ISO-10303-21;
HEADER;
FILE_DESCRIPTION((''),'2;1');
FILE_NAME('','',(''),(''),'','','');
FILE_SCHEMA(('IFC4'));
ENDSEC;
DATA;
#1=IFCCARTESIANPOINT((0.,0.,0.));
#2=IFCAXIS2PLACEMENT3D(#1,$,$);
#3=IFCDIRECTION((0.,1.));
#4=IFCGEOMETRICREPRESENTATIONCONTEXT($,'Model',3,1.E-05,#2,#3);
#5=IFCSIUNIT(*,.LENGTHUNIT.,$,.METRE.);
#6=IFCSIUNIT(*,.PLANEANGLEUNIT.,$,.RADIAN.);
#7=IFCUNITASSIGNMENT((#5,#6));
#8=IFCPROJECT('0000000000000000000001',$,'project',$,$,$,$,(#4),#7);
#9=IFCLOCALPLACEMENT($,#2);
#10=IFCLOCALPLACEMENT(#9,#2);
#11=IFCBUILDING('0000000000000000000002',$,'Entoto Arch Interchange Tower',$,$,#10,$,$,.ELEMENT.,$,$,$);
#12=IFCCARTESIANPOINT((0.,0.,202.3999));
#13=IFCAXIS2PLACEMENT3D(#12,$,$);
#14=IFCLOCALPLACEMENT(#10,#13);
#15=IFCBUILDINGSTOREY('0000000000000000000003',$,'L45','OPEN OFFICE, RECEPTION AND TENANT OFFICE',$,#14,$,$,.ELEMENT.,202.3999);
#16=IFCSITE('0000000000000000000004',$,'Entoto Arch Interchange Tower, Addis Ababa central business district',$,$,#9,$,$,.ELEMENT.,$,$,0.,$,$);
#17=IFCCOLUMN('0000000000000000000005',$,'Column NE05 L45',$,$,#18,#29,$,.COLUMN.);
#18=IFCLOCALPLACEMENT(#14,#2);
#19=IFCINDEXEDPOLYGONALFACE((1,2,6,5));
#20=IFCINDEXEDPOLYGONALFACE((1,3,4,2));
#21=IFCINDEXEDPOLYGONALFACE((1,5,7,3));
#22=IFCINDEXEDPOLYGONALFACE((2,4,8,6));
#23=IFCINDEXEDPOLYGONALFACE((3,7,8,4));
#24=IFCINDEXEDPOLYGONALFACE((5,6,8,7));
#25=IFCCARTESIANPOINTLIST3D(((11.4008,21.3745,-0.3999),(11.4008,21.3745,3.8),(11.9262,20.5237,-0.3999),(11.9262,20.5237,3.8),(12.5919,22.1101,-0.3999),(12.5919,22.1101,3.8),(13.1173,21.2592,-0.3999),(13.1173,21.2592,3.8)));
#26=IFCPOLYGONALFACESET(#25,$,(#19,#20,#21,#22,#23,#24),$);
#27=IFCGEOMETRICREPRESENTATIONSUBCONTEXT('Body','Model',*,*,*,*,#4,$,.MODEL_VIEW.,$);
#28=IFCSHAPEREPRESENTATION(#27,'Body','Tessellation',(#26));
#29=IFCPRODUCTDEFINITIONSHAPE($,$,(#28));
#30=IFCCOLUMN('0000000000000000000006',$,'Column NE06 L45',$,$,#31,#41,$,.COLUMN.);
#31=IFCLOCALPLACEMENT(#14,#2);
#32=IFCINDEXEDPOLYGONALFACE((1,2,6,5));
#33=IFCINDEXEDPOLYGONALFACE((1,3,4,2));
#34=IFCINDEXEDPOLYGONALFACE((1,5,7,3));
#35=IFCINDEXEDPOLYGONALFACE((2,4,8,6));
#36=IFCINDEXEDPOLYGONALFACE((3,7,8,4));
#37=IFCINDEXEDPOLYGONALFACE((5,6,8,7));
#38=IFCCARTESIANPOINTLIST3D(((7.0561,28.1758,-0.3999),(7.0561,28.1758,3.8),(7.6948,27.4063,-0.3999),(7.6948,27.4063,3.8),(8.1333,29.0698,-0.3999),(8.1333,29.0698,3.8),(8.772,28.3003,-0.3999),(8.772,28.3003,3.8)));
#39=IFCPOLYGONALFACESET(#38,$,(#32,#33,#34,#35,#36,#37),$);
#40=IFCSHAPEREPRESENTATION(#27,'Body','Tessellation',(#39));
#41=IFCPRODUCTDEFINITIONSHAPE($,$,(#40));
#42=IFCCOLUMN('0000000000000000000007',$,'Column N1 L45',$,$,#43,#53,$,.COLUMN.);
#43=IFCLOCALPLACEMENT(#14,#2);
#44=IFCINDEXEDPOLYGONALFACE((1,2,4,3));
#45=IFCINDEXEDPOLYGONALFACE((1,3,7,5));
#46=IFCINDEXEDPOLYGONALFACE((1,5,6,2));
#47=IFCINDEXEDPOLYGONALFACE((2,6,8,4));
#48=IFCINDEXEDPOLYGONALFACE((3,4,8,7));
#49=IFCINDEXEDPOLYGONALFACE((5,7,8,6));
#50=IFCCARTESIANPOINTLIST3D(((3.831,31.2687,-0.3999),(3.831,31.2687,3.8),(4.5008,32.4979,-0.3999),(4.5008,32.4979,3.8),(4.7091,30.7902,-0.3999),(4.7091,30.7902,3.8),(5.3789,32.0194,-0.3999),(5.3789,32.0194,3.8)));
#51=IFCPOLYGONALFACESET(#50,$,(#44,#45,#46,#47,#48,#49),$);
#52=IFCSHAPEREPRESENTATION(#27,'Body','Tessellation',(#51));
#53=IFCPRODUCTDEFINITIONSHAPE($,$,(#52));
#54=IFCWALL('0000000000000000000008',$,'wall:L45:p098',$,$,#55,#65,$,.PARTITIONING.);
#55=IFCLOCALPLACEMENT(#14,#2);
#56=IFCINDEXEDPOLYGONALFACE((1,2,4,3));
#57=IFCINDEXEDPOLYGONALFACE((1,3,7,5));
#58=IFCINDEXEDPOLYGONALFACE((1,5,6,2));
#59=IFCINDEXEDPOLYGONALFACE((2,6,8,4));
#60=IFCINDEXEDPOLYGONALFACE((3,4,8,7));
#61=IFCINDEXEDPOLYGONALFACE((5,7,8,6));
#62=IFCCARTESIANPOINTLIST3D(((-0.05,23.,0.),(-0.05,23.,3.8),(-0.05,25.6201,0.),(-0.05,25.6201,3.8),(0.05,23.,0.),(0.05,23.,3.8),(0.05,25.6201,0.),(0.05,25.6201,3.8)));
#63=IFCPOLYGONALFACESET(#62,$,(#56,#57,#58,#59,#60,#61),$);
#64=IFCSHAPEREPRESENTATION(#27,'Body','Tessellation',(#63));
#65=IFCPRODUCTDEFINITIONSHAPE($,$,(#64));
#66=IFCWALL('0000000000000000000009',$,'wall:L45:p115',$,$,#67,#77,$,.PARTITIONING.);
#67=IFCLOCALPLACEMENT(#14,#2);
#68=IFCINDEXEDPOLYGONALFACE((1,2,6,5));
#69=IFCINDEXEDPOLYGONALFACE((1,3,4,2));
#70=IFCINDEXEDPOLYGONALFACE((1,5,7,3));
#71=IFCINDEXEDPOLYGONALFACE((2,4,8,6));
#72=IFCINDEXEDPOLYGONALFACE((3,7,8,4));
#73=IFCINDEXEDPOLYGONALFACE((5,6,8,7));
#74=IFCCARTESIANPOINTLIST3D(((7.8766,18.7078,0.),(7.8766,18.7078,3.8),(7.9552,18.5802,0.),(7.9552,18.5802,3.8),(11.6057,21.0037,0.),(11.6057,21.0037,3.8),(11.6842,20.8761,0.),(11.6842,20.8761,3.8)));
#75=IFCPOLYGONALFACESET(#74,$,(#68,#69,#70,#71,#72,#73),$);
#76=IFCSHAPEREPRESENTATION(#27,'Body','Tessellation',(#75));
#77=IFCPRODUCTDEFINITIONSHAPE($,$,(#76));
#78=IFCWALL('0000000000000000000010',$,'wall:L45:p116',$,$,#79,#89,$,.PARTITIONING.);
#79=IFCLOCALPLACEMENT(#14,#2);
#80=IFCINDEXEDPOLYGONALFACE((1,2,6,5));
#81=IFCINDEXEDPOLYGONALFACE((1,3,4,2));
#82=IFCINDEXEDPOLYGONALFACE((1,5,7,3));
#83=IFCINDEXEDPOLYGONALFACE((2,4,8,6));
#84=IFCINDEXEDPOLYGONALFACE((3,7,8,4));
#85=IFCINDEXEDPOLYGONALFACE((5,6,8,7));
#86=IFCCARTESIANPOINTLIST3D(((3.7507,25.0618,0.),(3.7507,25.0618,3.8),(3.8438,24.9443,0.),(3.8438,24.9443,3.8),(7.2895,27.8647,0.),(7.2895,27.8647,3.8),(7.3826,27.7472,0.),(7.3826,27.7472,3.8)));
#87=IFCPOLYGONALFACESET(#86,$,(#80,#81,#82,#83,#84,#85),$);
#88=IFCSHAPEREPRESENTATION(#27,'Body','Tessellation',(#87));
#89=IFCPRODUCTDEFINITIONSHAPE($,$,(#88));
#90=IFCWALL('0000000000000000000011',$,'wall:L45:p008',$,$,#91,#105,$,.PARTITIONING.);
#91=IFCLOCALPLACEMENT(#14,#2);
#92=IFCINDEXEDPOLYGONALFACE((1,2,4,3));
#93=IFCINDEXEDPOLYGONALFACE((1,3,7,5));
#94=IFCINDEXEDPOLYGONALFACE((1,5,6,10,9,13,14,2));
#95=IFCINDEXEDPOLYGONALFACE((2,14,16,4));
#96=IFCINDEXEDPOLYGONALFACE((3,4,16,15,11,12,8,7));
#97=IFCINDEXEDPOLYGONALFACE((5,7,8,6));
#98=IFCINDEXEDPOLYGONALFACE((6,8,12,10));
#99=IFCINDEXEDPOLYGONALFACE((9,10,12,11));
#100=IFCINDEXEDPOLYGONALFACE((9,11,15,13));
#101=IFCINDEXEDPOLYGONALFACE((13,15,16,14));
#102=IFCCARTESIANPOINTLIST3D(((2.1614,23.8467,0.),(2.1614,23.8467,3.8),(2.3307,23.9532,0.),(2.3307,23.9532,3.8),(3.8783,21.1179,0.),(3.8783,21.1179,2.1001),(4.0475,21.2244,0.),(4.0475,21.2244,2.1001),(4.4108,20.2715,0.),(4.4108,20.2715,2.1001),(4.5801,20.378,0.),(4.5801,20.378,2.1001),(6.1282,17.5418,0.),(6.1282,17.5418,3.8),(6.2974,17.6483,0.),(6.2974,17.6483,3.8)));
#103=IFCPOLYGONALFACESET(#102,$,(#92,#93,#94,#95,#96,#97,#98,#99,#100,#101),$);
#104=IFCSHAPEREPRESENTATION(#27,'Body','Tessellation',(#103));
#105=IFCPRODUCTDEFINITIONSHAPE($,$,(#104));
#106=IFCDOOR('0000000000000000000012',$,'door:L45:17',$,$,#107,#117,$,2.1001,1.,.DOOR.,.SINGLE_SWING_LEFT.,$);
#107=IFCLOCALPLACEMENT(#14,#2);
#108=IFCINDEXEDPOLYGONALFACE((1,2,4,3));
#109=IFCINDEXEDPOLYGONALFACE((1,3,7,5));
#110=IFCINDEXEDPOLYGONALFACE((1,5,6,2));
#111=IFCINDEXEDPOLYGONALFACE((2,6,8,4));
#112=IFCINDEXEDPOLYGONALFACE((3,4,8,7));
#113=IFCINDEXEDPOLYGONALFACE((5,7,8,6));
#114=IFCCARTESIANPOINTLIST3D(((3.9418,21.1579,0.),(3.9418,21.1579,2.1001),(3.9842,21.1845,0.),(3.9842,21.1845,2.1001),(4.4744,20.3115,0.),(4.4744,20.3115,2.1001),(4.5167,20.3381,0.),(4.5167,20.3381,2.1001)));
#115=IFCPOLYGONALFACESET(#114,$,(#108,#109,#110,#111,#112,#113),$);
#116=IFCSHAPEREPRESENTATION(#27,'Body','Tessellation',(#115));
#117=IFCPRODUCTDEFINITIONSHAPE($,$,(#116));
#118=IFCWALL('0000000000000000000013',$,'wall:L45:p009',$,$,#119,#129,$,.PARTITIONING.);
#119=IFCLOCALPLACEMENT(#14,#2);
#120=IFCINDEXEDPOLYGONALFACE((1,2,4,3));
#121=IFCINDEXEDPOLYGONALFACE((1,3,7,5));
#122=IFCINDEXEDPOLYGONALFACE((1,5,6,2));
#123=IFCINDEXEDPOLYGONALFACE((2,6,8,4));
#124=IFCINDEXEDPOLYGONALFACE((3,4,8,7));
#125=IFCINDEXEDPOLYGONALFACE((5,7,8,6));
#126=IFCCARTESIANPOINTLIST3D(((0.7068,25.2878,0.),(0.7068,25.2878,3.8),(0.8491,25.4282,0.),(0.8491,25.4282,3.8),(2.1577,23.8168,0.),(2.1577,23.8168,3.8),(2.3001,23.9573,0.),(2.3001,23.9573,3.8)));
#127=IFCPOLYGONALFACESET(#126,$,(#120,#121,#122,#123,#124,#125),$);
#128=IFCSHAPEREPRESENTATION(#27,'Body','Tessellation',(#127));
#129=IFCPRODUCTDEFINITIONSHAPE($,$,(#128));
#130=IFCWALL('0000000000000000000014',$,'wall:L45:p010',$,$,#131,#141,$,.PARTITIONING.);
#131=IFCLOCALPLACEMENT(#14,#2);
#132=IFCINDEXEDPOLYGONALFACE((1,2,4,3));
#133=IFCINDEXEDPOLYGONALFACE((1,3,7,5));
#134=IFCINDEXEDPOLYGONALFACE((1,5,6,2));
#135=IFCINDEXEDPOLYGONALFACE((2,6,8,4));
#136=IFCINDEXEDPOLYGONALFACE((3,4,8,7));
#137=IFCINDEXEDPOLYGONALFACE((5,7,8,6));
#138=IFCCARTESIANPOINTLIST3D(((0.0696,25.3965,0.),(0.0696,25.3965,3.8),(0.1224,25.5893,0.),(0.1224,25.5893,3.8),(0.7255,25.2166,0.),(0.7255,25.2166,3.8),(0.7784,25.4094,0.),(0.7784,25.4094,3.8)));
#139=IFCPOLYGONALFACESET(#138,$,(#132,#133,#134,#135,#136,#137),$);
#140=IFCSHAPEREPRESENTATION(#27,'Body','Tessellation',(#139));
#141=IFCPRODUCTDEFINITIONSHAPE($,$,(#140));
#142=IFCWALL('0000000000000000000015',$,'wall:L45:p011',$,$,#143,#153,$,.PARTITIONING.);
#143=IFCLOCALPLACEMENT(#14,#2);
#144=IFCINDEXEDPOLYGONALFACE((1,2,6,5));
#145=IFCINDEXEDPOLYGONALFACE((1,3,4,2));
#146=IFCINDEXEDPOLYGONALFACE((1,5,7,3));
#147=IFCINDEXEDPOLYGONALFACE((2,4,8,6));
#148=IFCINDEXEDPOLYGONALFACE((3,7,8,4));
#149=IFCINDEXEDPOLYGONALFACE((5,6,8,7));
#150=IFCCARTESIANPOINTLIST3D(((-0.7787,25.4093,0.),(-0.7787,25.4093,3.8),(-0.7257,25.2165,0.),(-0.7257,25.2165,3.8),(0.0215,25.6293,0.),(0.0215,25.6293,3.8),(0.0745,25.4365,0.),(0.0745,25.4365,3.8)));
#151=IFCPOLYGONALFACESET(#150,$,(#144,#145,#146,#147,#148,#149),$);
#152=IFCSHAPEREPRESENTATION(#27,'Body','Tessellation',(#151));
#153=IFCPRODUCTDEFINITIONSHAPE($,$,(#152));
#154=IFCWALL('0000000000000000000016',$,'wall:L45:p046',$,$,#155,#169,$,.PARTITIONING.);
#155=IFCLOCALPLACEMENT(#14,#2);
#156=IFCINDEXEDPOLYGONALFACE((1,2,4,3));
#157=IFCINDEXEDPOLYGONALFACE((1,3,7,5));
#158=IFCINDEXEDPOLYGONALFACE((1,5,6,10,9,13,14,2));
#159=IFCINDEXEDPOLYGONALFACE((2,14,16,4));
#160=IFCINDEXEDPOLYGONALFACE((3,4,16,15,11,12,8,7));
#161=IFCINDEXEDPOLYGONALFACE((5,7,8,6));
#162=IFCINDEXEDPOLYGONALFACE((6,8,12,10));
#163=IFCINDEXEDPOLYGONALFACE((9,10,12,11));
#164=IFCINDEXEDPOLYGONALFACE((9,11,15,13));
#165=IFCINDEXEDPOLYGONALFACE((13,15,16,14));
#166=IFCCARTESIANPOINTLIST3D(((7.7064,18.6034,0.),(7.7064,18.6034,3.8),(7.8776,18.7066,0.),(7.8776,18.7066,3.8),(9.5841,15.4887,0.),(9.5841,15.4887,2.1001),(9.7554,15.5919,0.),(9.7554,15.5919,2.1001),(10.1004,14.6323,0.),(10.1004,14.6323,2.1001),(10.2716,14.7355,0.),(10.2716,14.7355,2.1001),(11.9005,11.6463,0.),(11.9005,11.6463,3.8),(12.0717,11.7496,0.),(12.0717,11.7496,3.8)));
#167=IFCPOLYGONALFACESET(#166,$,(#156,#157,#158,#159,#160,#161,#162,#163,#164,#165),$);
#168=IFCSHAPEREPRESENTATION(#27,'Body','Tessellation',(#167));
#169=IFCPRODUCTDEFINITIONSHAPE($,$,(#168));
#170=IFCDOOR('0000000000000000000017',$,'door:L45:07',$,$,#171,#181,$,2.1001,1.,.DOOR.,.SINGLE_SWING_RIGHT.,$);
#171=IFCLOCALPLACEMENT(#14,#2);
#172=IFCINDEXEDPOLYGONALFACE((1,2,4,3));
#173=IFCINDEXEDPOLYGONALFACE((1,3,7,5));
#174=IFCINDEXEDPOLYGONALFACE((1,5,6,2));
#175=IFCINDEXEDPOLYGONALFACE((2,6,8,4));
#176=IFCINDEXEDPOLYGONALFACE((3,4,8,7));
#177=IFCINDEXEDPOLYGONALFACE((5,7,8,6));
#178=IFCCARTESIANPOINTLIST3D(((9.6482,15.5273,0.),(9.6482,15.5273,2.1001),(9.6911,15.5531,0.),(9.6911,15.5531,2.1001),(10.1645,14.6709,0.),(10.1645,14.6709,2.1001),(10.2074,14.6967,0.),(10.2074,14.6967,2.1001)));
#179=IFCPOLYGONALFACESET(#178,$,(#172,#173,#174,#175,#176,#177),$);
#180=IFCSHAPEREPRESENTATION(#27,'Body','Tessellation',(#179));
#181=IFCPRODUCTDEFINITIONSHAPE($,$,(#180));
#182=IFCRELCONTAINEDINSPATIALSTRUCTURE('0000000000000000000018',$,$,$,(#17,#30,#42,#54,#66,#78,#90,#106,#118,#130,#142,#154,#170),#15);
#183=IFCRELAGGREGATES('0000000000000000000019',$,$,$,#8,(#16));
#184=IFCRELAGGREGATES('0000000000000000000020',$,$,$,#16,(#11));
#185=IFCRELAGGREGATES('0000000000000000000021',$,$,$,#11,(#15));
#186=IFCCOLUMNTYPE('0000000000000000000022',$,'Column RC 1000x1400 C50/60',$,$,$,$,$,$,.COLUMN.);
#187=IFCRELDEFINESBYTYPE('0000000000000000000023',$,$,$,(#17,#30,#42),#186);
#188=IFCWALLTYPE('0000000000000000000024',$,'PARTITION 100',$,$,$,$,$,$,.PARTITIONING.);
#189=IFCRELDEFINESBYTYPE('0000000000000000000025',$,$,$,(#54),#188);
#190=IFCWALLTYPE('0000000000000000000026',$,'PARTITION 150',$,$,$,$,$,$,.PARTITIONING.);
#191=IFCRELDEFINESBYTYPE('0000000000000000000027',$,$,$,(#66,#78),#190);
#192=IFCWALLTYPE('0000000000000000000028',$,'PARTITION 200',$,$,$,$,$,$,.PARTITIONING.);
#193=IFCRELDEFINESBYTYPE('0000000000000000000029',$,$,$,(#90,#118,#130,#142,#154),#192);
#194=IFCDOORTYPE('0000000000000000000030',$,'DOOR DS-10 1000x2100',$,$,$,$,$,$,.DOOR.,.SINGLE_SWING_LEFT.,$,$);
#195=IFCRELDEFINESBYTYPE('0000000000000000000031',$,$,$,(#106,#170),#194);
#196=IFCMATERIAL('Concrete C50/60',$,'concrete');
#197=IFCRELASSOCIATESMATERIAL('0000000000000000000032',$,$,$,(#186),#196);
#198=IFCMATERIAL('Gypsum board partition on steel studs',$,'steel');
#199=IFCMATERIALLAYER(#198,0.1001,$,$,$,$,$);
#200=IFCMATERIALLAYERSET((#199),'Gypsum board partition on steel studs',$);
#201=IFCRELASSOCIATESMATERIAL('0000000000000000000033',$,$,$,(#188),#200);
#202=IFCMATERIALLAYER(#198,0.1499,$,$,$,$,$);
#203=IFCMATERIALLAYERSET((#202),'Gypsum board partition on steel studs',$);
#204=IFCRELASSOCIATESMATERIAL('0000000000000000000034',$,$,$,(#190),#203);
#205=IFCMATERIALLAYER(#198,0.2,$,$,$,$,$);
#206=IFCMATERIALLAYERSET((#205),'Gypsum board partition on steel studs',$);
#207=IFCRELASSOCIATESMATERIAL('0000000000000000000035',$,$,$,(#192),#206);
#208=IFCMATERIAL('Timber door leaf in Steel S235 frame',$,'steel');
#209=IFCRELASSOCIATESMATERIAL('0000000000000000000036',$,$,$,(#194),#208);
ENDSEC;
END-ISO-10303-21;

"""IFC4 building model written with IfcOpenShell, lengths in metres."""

from ifc_helpers import new_model, si_unit, direction, frame, frame_2d, origin, origin_2d, place, context, subcontext, project, spatial, rectangle, extrude, material, layer, layer_set, material_profile, profile_set, type_object, element, fill, save


model = new_model("IFC4")

# Units and contexts
model_context = context("Model", 3, precision=1e-05, world=origin(), true_north=direction((0.0, 1.0)))
body_context = subcontext(model_context, "Body", "Model", "MODEL_VIEW")
ifc_project = project(units=[si_unit("LENGTHUNIT", "METRE"), si_unit("PLANEANGLEUNIT", "RADIAN")], contexts=[model_context])

# Site, building, storey
site_placement = place(None, origin())
site = spatial("IfcSite", under=ifc_project, at=site_placement, Name="Entoto Arch Interchange Tower, Addis Ababa central business district", CompositionType="ELEMENT", RefElevation=0.0)
building_placement = place(site_placement, origin())
building = spatial("IfcBuilding", under=site, at=building_placement, Name="Entoto Arch Interchange Tower", CompositionType="ELEMENT")
storey_placement = place(building_placement, frame((0.0, 0.0, 202.3999)))
storey = spatial("IfcBuildingStorey", under=building, at=storey_placement, Name="L45", Description="OPEN OFFICE, RECEPTION AND TENANT OFFICE", CompositionType="ELEMENT", Elevation=202.3999)

# Columns
ifc_material_1 = material(Name="Concrete C50/60", Category="concrete")
ifc_material_profile = material_profile(ifc_material_1, rectangle(XDim=1.0, YDim=1.3999, at=origin_2d()))
ifc_profile_set = profile_set([ifc_material_profile], Name="Concrete C50/60")
column_type = type_object("IfcColumnType", Name="Column RC 1000x1400 C50/60", PredefinedType="COLUMN", material=ifc_profile_set)
for number, where, z_axis, x_axis, name in (
    (1, (12.259, 21.3169, -0.3999), (0.0, 0.0, 1.0), (-0.525427, 0.850839, 0.0), "Column NE05 L45"),
    (2, (7.9141, 28.238, -0.3999), (0.0, 0.0, 1.0), (-0.63866, 0.769489, 0.0), "Column NE06 L45"),
    (3, (4.605, 31.644, -0.3999), (0.0, 0.0, 1.0), (-0.8781, 0.478477, 0.0), "Column N1 L45"),
):
    element("IfcColumn", number, at=place(storey_placement, frame(where, z_axis=z_axis, x_axis=x_axis)), inside=storey, type_object=column_type, Name=name, PredefinedType="COLUMN", context=body_context, shape_type="SweptSolid", body=[
        extrude(rectangle(XDim=1.0, YDim=1.3999, at=origin_2d()), origin(), (0.0, 0.0, 1.0), 4.2),
    ])

# Walls
ifc_material_2 = material(Name="Gypsum board partition on steel studs", Category="steel")
ifc_layer_1 = layer(ifc_material_2, 0.1001)
ifc_layer_set_1 = layer_set([ifc_layer_1], Name="Gypsum board partition on steel studs")
wall_type_1 = type_object("IfcWallType", Name="PARTITION 100", PredefinedType="PARTITIONING", material=ifc_layer_set_1)
wall_1_placement = place(storey_placement, frame((0.0, 23.0, 0.0), z_axis=(0.0, 0.0, 1.0), x_axis=(0.0, 1.0, 0.0)))
element("IfcWall", 4, at=wall_1_placement, inside=storey, type_object=wall_type_1, Name="wall:L45:p098", PredefinedType="PARTITIONING", context=body_context, shape_type="SweptSolid", body=[
    extrude(rectangle(XDim=2.6201, YDim=0.1001, at=frame_2d((1.3101, 0.0))), origin(), (0.0, 0.0, 1.0), 3.8),
])
ifc_layer_2 = layer(ifc_material_2, 0.1499)
ifc_layer_set_2 = layer_set([ifc_layer_2], Name="Gypsum board partition on steel studs")
wall_type_2 = type_object("IfcWallType", Name="PARTITION 150", PredefinedType="PARTITIONING", material=ifc_layer_set_2)
wall_2_placement = place(storey_placement, frame((7.916, 18.644, 0.0), z_axis=(0.0, 0.0, 1.0), x_axis=(0.851543, 0.524284, 0.0)))
element("IfcWall", 5, at=wall_2_placement, inside=storey, type_object=wall_type_2, Name="wall:L45:p115", PredefinedType="PARTITIONING", context=body_context, shape_type="SweptSolid", body=[
    extrude(rectangle(XDim=4.3792, YDim=0.1499, at=frame_2d((2.1895, 0.0))), origin(), (0.0, 0.0, 1.0), 3.8),
])
wall_3_placement = place(storey_placement, frame((3.7971, 25.0029, 0.0), z_axis=(0.0, 0.0, 1.0), x_axis=(0.783893, 0.620895, 0.0)))
element("IfcWall", 6, at=wall_3_placement, inside=storey, type_object=wall_type_2, Name="wall:L45:p116", PredefinedType="PARTITIONING", context=body_context, shape_type="SweptSolid", body=[
    extrude(rectangle(XDim=4.5144, YDim=0.1499, at=frame_2d((2.2573, 0.0))), origin(), (0.0, 0.0, 1.0), 3.8),
])

# Wall, opening, door
ifc_layer_3 = layer(ifc_material_2, 0.2)
ifc_layer_set_3 = layer_set([ifc_layer_3], Name="Gypsum board partition on steel studs")
wall_type_3 = type_object("IfcWallType", Name="PARTITION 200", PredefinedType="PARTITIONING", material=ifc_layer_set_3)
wall_4_placement = place(storey_placement, frame((6.2129, 17.595, 0.0), z_axis=(0.0, 0.0, 1.0), x_axis=(-0.532527, 0.846413, 0.0)))
wall_4 = element("IfcWall", 7, at=wall_4_placement, inside=storey, type_object=wall_type_3, Name="wall:L45:p008", PredefinedType="PARTITIONING", context=body_context, shape_type="SweptSolid", body=[
    extrude(rectangle(XDim=7.449, YDim=0.2, at=frame_2d((3.7246, 0.0))), origin(), (0.0, 0.0, 1.0), 3.8),
])
opening_1_placement = place(wall_4_placement, frame((3.2251, 0.0, 0.0)))
opening_1 = element("IfcOpeningElement", 8, at=opening_1_placement, cuts=wall_4, PredefinedType="OPENING", context=body_context, shape_type="SweptSolid", body=[
    extrude(rectangle(XDim=1.0, YDim=2.1001, at=frame_2d((0.5, 1.05))), frame((0.0, 0.1099, 0.0), z_axis=(0.0, -1.0, 0.0), x_axis=(1.0, 0.0, 0.0)), (0.0, 0.0, 1.0), 0.22),
])
ifc_material_3 = material(Name="Timber door leaf in Steel S235 frame", Category="steel")
door_type_1 = type_object("IfcDoorType", Name="DOOR DS-10 1000x2100", OperationType="SINGLE_SWING_LEFT", PredefinedType="DOOR", material=ifc_material_3)
door_1_placement = place(opening_1_placement, origin())
door_1 = element("IfcDoor", 9, at=door_1_placement, inside=storey, type_object=door_type_1, Name="door:L45:17", OperationType="SINGLE_SWING_LEFT", OverallHeight=2.1001, OverallWidth=1.0, PredefinedType="DOOR", context=body_context, shape_type="SweptSolid", body=[
    extrude(rectangle(XDim=1.0, YDim=2.1001, at=frame_2d((0.5, 1.05))), frame((0.0, 0.0249, 0.0), z_axis=(0.0, -1.0, 0.0), x_axis=(1.0, 0.0, 0.0)), (0.0, 0.0, 1.0), 0.05),
])
fill(opening_1, door_1)

# Walls
wall_5_placement = place(storey_placement, frame((2.229, 23.887, 0.0), z_axis=(0.0, 0.0, 1.0), x_axis=(-0.702245, 0.711935, 0.0)))
element("IfcWall", 10, at=wall_5_placement, inside=storey, type_object=wall_type_3, Name="wall:L45:p009", PredefinedType="PARTITIONING", context=body_context, shape_type="SweptSolid", body=[
    extrude(rectangle(XDim=2.0662, YDim=0.2, at=frame_2d((1.0332, 0.0))), origin(), (0.0, 0.0, 1.0), 3.8),
])
wall_6_placement = place(storey_placement, frame((0.752, 25.313, 0.0), z_axis=(0.0, 0.0, 1.0), x_axis=(-0.964382, 0.264514, 0.0)))
element("IfcWall", 11, at=wall_6_placement, inside=storey, type_object=wall_type_3, Name="wall:L45:p010", PredefinedType="PARTITIONING", context=body_context, shape_type="SweptSolid", body=[
    extrude(rectangle(XDim=0.6802, YDim=0.2, at=frame_2d((0.3401, 0.0))), origin(), (0.0, 0.0, 1.0), 3.8),
])
wall_7_placement = place(storey_placement, frame((0.0481, 25.533, 0.0), z_axis=(0.0, 0.0, 1.0), x_axis=(-0.964219, -0.265109, 0.0)))
element("IfcWall", 12, at=wall_7_placement, inside=storey, type_object=wall_type_3, Name="wall:L45:p011", PredefinedType="PARTITIONING", context=body_context, shape_type="SweptSolid", body=[
    extrude(rectangle(XDim=0.8298, YDim=0.2, at=frame_2d((0.415, 0.0))), origin(), (0.0, 0.0, 1.0), 3.8),
])

# Wall, opening, door
wall_8_placement = place(storey_placement, frame((7.792, 18.655, 0.0), z_axis=(0.0, 0.0, 1.0), x_axis=(0.516293, -0.856412, 0.0)))
wall_8 = element("IfcWall", 13, at=wall_8_placement, inside=storey, type_object=wall_type_3, Name="wall:L45:p046", PredefinedType="PARTITIONING", context=body_context, shape_type="SweptSolid", body=[
    extrude(rectangle(XDim=8.1235, YDim=0.2, at=frame_2d((4.0618, 0.0))), origin(), (0.0, 0.0, 1.0), 3.8),
])
opening_2_placement = place(wall_8_placement, frame((3.637, 0.0, 0.0)))
opening_2 = element("IfcOpeningElement", 14, at=opening_2_placement, cuts=wall_8, PredefinedType="OPENING", context=body_context, shape_type="SweptSolid", body=[
    extrude(rectangle(XDim=1.0, YDim=2.1001, at=frame_2d((0.5, 1.05))), frame((0.0, 0.1099, 0.0), z_axis=(0.0, -1.0, 0.0), x_axis=(1.0, 0.0, 0.0)), (0.0, 0.0, 1.0), 0.22),
])
door_2_placement = place(opening_2_placement, origin())
door_2 = element("IfcDoor", 15, at=door_2_placement, inside=storey, type_object=door_type_1, Name="door:L45:07", OperationType="SINGLE_SWING_RIGHT", OverallHeight=2.1001, OverallWidth=1.0, PredefinedType="DOOR", context=body_context, shape_type="SweptSolid", body=[
    extrude(rectangle(XDim=1.0, YDim=2.1001, at=frame_2d((0.5, 1.05))), frame((0.0, 0.0249, 0.0), z_axis=(0.0, -1.0, 0.0), x_axis=(1.0, 0.0, 0.0)), (0.0, 0.0, 1.0), 0.05),
])
fill(opening_2, door_2)

save(model, "model.ifc")
